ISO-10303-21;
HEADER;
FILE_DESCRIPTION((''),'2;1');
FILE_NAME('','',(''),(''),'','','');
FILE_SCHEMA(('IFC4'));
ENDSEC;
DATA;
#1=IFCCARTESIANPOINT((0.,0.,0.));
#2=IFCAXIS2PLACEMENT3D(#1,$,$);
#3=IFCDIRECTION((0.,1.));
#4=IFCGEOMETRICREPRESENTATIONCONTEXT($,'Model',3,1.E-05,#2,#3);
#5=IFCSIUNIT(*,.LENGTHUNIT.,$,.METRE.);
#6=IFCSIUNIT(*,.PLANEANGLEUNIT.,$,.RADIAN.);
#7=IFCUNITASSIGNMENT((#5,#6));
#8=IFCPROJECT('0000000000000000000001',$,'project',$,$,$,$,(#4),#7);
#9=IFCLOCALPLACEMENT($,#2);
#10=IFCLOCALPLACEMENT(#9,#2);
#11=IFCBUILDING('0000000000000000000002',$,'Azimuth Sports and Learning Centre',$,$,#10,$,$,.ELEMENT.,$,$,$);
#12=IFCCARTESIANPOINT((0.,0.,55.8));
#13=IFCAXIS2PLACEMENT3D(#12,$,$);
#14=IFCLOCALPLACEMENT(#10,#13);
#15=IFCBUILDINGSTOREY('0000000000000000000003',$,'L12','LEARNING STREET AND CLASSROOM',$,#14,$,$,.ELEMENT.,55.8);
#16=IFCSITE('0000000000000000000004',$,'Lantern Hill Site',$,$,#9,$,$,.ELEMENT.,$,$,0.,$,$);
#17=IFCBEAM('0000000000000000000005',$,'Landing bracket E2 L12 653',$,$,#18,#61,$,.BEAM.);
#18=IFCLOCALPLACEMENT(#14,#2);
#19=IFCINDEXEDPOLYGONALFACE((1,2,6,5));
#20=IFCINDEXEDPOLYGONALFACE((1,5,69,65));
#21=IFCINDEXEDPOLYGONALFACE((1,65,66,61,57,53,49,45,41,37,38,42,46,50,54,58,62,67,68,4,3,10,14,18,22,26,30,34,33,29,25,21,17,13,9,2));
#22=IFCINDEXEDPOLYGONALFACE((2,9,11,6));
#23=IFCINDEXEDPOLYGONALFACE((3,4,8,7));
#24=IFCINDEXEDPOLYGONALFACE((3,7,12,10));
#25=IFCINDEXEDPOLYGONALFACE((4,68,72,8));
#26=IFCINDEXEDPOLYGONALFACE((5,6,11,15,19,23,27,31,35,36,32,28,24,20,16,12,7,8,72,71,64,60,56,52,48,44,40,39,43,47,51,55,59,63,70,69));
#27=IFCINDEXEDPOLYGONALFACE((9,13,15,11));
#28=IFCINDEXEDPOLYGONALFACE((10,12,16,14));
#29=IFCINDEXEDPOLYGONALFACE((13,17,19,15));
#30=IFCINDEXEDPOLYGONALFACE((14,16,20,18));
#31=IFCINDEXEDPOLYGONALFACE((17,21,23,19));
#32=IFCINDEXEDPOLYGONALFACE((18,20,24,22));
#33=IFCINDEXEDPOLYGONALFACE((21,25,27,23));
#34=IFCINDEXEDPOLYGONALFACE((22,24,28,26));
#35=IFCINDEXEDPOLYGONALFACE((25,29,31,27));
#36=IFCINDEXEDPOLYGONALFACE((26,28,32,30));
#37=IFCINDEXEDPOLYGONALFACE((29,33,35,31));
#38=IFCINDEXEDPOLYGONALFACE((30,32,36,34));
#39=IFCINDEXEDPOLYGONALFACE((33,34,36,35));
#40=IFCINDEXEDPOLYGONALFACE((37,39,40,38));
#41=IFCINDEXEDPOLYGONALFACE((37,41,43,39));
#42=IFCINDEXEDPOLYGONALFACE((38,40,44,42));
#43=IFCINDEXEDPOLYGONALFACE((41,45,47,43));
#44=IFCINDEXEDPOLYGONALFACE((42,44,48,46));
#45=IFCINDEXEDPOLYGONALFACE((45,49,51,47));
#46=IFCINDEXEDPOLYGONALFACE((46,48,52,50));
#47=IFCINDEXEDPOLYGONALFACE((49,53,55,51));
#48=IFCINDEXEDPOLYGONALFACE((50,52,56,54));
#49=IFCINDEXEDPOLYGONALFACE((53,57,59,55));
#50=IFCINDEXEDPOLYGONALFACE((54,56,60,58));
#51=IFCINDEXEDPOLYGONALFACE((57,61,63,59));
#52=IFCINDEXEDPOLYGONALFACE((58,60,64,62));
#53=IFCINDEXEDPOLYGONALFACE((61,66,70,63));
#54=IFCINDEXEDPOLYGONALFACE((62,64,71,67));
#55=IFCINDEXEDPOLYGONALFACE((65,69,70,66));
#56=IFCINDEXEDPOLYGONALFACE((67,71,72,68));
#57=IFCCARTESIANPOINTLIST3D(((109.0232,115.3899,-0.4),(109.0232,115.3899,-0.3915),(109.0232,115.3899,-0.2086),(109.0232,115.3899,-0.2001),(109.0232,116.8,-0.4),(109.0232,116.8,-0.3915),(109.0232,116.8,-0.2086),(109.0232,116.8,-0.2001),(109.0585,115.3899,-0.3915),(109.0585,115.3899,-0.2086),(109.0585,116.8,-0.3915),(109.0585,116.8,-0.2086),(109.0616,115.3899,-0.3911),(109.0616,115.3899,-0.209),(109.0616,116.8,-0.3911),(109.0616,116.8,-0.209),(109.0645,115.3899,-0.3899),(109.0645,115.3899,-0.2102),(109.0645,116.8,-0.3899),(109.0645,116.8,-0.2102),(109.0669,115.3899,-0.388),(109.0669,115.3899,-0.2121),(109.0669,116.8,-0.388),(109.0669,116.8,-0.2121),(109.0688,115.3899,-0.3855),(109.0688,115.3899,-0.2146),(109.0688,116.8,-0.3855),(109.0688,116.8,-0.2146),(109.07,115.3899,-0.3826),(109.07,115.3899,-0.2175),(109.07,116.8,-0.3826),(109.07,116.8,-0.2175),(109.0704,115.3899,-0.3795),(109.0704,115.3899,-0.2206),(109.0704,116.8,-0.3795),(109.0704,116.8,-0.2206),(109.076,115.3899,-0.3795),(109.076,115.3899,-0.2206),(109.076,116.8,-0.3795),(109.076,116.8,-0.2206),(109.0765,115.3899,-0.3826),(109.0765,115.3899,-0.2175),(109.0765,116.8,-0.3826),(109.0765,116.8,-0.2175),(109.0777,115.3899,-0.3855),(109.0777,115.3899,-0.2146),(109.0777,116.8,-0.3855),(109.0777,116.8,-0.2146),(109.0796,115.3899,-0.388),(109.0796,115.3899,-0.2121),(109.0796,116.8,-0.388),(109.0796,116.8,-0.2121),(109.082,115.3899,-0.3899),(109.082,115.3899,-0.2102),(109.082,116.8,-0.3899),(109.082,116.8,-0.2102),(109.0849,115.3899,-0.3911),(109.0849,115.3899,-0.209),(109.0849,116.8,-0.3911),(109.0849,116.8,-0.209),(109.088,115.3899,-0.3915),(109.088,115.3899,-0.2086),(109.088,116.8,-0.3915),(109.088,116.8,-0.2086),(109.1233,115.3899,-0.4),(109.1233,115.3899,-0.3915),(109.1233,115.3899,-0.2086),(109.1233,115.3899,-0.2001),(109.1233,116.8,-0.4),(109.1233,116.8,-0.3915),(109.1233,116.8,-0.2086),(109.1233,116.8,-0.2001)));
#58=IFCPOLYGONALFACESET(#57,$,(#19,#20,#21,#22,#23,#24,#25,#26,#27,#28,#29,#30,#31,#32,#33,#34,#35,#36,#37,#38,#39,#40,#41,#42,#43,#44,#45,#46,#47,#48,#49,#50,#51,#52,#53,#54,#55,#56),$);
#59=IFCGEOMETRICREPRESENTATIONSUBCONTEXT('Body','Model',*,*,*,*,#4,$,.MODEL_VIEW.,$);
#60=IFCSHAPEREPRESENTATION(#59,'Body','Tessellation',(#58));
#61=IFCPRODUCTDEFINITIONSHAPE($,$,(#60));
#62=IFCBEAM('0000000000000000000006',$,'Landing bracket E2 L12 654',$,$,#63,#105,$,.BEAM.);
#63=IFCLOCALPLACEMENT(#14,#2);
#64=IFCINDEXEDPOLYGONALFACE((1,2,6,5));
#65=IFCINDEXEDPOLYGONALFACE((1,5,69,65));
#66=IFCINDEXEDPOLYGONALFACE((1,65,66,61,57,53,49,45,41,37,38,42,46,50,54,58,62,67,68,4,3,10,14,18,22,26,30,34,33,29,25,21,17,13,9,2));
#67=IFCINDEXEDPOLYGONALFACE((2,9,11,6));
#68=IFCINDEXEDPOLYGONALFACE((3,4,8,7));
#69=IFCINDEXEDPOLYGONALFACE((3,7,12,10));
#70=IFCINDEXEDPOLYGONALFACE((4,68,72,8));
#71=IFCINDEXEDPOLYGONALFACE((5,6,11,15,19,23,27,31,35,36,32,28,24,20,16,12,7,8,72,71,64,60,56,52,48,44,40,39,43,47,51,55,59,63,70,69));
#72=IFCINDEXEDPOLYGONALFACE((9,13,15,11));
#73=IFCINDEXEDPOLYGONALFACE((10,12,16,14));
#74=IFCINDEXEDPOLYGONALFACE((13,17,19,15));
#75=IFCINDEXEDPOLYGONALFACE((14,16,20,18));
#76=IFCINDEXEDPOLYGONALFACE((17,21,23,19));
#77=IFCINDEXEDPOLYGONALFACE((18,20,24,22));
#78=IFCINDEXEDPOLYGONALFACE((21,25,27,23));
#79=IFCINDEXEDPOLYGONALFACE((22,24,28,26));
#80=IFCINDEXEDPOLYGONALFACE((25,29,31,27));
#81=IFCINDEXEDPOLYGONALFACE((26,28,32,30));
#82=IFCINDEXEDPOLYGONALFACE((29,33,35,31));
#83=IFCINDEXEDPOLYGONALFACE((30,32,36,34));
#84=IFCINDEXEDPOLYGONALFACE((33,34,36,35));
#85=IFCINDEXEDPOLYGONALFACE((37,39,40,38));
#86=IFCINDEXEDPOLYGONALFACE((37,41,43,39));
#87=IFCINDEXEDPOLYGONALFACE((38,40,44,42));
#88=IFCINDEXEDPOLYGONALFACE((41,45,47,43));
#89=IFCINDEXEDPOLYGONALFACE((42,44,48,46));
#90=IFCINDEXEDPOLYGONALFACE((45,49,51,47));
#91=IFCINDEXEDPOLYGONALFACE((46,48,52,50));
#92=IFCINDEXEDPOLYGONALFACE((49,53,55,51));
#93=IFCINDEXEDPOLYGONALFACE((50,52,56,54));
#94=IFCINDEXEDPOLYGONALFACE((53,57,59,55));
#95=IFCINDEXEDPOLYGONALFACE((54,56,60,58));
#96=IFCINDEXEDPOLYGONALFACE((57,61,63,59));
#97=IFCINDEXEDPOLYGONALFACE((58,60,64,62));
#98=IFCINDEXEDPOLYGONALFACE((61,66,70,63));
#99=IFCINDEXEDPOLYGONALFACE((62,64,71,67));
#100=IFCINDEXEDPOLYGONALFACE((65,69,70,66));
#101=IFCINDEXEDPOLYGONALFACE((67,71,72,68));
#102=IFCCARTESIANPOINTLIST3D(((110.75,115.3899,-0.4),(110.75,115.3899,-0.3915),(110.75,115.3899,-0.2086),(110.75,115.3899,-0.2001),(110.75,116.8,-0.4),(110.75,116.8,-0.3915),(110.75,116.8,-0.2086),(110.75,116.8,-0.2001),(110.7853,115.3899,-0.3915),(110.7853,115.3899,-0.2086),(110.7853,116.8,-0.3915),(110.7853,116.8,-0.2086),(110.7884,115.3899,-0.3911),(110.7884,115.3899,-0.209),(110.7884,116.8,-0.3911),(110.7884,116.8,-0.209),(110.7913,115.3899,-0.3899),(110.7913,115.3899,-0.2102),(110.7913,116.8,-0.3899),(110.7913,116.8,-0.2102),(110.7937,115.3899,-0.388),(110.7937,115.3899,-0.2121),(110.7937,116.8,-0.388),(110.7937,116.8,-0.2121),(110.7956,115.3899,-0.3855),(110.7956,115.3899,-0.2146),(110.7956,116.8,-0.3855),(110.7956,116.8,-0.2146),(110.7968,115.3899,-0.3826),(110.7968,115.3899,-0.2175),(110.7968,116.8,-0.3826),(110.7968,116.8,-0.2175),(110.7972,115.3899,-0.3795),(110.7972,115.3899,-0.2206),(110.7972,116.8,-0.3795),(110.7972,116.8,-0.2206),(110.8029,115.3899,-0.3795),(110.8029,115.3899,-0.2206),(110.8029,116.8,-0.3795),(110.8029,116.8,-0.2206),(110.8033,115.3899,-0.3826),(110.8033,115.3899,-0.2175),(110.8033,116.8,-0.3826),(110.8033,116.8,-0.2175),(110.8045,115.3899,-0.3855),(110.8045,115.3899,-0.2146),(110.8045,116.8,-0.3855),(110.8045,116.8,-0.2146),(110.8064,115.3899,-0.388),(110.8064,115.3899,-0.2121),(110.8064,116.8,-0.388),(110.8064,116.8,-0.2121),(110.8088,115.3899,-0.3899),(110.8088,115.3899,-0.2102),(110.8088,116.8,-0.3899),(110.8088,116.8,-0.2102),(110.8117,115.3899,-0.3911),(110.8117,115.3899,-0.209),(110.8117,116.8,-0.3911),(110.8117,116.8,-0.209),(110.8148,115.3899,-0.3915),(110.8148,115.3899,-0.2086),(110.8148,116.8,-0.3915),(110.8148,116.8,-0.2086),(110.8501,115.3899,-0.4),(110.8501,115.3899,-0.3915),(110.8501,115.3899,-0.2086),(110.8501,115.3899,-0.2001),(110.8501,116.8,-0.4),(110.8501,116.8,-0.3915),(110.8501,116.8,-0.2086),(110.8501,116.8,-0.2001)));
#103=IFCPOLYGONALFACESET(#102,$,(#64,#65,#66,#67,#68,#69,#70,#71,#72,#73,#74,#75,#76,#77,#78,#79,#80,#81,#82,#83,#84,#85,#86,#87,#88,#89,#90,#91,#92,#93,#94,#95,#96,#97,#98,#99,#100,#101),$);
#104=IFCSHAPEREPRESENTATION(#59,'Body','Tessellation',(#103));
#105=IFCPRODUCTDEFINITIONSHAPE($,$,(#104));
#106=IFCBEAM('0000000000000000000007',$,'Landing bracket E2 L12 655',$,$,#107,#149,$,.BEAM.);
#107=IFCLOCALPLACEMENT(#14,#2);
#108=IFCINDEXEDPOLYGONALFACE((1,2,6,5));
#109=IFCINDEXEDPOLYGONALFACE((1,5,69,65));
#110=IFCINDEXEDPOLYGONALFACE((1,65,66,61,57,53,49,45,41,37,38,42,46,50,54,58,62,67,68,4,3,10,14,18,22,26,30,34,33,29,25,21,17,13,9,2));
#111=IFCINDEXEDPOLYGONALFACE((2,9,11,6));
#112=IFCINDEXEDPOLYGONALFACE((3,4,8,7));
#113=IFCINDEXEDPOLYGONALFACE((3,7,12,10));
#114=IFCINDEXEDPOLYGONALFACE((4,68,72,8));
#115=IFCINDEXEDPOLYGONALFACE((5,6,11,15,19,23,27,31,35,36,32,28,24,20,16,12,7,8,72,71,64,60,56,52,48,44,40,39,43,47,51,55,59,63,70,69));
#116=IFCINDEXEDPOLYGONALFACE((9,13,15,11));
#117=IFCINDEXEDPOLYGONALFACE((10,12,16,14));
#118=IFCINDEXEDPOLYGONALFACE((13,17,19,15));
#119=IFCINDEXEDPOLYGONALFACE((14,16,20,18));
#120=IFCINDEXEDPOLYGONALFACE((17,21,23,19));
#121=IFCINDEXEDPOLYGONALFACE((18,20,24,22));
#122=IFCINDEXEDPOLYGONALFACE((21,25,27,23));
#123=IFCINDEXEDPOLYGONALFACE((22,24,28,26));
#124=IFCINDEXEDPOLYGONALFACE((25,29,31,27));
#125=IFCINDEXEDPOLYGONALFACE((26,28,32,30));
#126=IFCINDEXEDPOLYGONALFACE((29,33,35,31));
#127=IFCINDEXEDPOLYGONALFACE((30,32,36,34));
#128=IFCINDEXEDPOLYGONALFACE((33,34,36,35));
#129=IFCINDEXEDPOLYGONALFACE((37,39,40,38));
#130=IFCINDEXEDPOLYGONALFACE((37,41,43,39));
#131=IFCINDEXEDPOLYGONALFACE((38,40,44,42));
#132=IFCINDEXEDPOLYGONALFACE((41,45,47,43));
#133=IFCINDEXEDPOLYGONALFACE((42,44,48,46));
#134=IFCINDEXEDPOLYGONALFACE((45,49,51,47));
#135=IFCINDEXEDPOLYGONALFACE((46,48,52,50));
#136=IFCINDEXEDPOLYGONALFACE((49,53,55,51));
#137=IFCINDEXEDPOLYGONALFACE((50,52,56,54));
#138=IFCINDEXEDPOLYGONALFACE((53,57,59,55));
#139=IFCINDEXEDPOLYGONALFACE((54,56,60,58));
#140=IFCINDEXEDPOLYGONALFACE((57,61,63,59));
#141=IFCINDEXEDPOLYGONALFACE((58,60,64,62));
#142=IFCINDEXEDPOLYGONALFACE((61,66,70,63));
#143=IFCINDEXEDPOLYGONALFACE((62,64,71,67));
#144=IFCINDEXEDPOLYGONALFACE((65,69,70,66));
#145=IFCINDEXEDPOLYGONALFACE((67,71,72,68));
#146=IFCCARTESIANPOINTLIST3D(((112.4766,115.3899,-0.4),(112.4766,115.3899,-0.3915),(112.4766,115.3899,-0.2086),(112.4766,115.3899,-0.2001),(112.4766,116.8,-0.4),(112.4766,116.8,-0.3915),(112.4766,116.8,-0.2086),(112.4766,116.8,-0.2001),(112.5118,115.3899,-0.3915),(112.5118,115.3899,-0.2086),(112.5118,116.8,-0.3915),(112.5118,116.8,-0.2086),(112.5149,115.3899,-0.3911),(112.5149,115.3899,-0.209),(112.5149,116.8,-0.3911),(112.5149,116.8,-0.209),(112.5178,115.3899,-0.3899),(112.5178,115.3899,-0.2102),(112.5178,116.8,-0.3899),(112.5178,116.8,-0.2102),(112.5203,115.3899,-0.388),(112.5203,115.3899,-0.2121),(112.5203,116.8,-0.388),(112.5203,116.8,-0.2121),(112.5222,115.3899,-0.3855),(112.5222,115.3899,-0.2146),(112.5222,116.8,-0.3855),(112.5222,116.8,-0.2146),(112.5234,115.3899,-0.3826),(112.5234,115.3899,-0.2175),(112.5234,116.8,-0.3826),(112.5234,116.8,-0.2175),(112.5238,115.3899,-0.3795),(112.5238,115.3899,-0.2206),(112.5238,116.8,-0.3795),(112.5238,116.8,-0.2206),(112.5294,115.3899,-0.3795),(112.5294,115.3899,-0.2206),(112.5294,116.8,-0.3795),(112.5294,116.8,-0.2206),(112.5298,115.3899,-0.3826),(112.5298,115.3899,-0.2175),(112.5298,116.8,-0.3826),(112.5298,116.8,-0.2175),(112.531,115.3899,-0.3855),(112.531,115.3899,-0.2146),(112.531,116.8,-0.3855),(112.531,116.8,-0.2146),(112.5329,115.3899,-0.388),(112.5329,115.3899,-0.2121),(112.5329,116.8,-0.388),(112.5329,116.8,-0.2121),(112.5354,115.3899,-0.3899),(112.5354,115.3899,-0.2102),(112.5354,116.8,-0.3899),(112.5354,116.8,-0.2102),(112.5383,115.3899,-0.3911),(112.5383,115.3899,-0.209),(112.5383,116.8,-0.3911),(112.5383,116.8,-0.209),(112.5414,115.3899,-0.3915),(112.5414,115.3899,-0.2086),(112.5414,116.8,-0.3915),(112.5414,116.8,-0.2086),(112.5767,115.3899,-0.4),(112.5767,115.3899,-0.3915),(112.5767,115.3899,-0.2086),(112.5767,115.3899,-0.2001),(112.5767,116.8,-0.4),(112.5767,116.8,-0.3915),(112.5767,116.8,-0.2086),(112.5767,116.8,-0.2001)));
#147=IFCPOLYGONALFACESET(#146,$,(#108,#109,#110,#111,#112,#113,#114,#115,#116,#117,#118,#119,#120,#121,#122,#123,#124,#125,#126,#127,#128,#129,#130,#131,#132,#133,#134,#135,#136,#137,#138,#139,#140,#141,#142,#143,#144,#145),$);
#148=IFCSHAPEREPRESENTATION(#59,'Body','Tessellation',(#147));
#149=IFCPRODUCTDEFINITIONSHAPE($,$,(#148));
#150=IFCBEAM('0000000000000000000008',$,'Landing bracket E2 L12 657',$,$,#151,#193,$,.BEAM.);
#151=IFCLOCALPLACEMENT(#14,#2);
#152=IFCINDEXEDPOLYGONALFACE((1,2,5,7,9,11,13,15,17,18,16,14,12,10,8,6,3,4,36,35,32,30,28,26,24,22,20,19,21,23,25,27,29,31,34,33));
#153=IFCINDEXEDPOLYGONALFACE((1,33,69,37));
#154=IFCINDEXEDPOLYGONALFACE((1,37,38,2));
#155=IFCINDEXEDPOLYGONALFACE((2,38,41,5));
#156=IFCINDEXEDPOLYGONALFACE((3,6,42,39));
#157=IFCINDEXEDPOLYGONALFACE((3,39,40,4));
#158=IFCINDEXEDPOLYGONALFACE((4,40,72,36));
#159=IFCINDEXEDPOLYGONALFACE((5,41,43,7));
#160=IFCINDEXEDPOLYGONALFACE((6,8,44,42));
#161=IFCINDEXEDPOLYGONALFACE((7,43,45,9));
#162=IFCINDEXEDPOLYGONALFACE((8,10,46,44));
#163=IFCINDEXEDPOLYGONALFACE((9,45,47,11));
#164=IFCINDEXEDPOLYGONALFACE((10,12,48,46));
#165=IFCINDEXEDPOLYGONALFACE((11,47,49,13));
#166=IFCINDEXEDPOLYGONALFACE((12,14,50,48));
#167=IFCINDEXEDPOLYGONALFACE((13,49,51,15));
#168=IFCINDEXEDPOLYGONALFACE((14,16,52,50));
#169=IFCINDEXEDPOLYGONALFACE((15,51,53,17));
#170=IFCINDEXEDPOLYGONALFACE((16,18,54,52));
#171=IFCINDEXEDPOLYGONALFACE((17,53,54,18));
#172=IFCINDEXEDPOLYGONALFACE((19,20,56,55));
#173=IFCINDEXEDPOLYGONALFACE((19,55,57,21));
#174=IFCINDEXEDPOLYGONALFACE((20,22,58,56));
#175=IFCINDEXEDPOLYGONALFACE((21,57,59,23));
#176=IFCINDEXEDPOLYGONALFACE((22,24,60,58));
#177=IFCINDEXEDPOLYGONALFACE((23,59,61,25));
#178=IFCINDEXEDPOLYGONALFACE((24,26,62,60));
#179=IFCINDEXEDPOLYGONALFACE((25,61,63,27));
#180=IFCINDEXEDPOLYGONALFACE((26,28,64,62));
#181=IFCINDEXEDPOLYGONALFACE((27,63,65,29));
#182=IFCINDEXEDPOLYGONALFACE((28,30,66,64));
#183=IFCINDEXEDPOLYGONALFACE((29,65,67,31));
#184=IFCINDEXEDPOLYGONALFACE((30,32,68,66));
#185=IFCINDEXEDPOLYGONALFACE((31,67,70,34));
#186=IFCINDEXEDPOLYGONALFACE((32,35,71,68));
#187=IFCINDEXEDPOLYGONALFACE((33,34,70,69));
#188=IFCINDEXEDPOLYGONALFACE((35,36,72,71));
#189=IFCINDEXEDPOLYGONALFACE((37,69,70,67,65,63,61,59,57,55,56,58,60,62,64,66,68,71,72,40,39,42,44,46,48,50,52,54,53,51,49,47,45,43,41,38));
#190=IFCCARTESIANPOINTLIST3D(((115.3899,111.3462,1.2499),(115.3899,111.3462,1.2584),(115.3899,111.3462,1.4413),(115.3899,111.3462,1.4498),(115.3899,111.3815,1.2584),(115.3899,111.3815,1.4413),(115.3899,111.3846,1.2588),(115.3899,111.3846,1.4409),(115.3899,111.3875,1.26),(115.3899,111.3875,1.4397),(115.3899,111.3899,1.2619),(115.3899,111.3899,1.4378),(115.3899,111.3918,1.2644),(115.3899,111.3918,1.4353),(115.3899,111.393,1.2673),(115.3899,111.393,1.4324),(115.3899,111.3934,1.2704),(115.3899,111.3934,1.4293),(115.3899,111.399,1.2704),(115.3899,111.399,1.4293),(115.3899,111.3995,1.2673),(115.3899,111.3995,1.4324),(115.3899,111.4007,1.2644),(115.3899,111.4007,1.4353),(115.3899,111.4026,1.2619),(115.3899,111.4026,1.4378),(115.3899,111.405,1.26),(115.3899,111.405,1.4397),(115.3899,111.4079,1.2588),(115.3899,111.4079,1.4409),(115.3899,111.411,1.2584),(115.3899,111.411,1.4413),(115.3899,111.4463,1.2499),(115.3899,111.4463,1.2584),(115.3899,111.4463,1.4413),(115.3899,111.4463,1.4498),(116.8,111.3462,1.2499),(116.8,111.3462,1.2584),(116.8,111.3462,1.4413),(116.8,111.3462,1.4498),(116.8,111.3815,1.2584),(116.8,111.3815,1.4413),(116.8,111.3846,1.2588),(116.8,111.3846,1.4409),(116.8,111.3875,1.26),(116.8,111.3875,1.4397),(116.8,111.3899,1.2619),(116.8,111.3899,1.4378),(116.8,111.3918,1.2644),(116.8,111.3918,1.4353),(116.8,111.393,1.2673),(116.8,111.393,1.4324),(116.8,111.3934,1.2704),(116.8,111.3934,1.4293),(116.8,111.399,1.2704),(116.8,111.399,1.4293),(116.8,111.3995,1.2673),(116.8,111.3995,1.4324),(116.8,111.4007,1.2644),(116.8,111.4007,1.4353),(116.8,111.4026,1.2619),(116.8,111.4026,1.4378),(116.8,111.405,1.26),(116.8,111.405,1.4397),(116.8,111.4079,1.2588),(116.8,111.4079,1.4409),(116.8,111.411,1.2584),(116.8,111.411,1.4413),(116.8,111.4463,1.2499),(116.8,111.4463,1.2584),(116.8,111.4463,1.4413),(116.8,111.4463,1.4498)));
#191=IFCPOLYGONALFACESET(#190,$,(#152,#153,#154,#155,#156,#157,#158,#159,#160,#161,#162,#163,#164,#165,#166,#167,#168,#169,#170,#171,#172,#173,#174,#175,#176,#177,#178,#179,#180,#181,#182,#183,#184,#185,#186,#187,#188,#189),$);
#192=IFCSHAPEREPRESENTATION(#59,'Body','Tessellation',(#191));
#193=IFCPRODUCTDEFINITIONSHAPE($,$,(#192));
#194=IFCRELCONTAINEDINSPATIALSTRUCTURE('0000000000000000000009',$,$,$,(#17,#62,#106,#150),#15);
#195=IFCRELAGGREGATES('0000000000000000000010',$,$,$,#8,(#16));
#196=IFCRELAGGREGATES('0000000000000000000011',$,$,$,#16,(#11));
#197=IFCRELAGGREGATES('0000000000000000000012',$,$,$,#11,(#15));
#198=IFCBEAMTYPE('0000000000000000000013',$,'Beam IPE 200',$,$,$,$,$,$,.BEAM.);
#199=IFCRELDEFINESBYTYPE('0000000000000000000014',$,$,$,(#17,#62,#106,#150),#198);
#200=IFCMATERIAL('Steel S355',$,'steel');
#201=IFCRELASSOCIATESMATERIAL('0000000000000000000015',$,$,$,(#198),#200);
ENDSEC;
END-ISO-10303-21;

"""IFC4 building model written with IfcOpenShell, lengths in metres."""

from ifc_helpers import new_model, si_unit, direction, frame, origin, origin_2d, place, context, subcontext, project, spatial, i_section, extrude, material, material_profile, profile_set, type_object, element, save


model = new_model("IFC4")

# Units and contexts
model_context = context("Model", 3, precision=1e-05, world=origin(), true_north=direction((0.0, 1.0)))
body_context = subcontext(model_context, "Body", "Model", "MODEL_VIEW")
ifc_project = project(units=[si_unit("LENGTHUNIT", "METRE"), si_unit("PLANEANGLEUNIT", "RADIAN")], contexts=[model_context])

# Site, building, storey
site_placement = place(None, origin())
site = spatial("IfcSite", under=ifc_project, at=site_placement, Name="Lantern Hill Site", CompositionType="ELEMENT", RefElevation=0.0)
building_placement = place(site_placement, origin())
building = spatial("IfcBuilding", under=site, at=building_placement, Name="Azimuth Sports and Learning Centre", CompositionType="ELEMENT")
storey_placement = place(building_placement, frame((0.0, 0.0, 55.8)))
storey = spatial("IfcBuildingStorey", under=building, at=storey_placement, Name="L12", Description="LEARNING STREET AND CLASSROOM", CompositionType="ELEMENT", Elevation=55.8)

# Beams
ifc_material_1 = material(Name="Steel S355", Category="steel")
ifc_material_profile_1 = material_profile(ifc_material_1, i_section(OverallWidth=0.1001, OverallDepth=0.2, WebThickness=0.0056, FlangeThickness=0.0085, FilletRadius=0.012, at=origin_2d()), Name="IPE 200")
ifc_profile_set_1 = profile_set([ifc_material_profile_1], Name="Steel S355")
beam_type_1 = type_object("IfcBeamType", Name="Beam IPE 200", PredefinedType="BEAM", material=ifc_profile_set_1)
for number, where, z_axis, x_axis, name in (
    (1, (109.0732, 116.8, -0.3), (0.0, -1.0, 0.0), (1.0, 0.0, 0.0), "Landing bracket E2 L12 653"),
    (2, (110.8, 116.8, -0.3), (0.0, -1.0, 0.0), (1.0, 0.0, 0.0), "Landing bracket E2 L12 654"),
    (3, (112.5266, 116.8, -0.3), (0.0, -1.0, 0.0), (1.0, 0.0, 0.0), "Landing bracket E2 L12 655"),
    (4, (116.8, 111.3962, 1.3499), (-1.0, 0.0, 0.0), (0.0, -1.0, 0.0), "Landing bracket E2 L12 657"),
):
    element("IfcBeam", number, at=place(storey_placement, frame(where, z_axis=z_axis, x_axis=x_axis)), inside=storey, type_object=beam_type_1, Name=name, PredefinedType="BEAM", context=body_context, shape_type="SweptSolid", body=[
        extrude(i_section(OverallWidth=0.1001, OverallDepth=0.2, WebThickness=0.0056, FlangeThickness=0.0085, FilletRadius=0.012, at=origin_2d()), origin(), (0.0, 0.0, 1.0), 1.4102),
    ])

save(model, "model.ifc")
